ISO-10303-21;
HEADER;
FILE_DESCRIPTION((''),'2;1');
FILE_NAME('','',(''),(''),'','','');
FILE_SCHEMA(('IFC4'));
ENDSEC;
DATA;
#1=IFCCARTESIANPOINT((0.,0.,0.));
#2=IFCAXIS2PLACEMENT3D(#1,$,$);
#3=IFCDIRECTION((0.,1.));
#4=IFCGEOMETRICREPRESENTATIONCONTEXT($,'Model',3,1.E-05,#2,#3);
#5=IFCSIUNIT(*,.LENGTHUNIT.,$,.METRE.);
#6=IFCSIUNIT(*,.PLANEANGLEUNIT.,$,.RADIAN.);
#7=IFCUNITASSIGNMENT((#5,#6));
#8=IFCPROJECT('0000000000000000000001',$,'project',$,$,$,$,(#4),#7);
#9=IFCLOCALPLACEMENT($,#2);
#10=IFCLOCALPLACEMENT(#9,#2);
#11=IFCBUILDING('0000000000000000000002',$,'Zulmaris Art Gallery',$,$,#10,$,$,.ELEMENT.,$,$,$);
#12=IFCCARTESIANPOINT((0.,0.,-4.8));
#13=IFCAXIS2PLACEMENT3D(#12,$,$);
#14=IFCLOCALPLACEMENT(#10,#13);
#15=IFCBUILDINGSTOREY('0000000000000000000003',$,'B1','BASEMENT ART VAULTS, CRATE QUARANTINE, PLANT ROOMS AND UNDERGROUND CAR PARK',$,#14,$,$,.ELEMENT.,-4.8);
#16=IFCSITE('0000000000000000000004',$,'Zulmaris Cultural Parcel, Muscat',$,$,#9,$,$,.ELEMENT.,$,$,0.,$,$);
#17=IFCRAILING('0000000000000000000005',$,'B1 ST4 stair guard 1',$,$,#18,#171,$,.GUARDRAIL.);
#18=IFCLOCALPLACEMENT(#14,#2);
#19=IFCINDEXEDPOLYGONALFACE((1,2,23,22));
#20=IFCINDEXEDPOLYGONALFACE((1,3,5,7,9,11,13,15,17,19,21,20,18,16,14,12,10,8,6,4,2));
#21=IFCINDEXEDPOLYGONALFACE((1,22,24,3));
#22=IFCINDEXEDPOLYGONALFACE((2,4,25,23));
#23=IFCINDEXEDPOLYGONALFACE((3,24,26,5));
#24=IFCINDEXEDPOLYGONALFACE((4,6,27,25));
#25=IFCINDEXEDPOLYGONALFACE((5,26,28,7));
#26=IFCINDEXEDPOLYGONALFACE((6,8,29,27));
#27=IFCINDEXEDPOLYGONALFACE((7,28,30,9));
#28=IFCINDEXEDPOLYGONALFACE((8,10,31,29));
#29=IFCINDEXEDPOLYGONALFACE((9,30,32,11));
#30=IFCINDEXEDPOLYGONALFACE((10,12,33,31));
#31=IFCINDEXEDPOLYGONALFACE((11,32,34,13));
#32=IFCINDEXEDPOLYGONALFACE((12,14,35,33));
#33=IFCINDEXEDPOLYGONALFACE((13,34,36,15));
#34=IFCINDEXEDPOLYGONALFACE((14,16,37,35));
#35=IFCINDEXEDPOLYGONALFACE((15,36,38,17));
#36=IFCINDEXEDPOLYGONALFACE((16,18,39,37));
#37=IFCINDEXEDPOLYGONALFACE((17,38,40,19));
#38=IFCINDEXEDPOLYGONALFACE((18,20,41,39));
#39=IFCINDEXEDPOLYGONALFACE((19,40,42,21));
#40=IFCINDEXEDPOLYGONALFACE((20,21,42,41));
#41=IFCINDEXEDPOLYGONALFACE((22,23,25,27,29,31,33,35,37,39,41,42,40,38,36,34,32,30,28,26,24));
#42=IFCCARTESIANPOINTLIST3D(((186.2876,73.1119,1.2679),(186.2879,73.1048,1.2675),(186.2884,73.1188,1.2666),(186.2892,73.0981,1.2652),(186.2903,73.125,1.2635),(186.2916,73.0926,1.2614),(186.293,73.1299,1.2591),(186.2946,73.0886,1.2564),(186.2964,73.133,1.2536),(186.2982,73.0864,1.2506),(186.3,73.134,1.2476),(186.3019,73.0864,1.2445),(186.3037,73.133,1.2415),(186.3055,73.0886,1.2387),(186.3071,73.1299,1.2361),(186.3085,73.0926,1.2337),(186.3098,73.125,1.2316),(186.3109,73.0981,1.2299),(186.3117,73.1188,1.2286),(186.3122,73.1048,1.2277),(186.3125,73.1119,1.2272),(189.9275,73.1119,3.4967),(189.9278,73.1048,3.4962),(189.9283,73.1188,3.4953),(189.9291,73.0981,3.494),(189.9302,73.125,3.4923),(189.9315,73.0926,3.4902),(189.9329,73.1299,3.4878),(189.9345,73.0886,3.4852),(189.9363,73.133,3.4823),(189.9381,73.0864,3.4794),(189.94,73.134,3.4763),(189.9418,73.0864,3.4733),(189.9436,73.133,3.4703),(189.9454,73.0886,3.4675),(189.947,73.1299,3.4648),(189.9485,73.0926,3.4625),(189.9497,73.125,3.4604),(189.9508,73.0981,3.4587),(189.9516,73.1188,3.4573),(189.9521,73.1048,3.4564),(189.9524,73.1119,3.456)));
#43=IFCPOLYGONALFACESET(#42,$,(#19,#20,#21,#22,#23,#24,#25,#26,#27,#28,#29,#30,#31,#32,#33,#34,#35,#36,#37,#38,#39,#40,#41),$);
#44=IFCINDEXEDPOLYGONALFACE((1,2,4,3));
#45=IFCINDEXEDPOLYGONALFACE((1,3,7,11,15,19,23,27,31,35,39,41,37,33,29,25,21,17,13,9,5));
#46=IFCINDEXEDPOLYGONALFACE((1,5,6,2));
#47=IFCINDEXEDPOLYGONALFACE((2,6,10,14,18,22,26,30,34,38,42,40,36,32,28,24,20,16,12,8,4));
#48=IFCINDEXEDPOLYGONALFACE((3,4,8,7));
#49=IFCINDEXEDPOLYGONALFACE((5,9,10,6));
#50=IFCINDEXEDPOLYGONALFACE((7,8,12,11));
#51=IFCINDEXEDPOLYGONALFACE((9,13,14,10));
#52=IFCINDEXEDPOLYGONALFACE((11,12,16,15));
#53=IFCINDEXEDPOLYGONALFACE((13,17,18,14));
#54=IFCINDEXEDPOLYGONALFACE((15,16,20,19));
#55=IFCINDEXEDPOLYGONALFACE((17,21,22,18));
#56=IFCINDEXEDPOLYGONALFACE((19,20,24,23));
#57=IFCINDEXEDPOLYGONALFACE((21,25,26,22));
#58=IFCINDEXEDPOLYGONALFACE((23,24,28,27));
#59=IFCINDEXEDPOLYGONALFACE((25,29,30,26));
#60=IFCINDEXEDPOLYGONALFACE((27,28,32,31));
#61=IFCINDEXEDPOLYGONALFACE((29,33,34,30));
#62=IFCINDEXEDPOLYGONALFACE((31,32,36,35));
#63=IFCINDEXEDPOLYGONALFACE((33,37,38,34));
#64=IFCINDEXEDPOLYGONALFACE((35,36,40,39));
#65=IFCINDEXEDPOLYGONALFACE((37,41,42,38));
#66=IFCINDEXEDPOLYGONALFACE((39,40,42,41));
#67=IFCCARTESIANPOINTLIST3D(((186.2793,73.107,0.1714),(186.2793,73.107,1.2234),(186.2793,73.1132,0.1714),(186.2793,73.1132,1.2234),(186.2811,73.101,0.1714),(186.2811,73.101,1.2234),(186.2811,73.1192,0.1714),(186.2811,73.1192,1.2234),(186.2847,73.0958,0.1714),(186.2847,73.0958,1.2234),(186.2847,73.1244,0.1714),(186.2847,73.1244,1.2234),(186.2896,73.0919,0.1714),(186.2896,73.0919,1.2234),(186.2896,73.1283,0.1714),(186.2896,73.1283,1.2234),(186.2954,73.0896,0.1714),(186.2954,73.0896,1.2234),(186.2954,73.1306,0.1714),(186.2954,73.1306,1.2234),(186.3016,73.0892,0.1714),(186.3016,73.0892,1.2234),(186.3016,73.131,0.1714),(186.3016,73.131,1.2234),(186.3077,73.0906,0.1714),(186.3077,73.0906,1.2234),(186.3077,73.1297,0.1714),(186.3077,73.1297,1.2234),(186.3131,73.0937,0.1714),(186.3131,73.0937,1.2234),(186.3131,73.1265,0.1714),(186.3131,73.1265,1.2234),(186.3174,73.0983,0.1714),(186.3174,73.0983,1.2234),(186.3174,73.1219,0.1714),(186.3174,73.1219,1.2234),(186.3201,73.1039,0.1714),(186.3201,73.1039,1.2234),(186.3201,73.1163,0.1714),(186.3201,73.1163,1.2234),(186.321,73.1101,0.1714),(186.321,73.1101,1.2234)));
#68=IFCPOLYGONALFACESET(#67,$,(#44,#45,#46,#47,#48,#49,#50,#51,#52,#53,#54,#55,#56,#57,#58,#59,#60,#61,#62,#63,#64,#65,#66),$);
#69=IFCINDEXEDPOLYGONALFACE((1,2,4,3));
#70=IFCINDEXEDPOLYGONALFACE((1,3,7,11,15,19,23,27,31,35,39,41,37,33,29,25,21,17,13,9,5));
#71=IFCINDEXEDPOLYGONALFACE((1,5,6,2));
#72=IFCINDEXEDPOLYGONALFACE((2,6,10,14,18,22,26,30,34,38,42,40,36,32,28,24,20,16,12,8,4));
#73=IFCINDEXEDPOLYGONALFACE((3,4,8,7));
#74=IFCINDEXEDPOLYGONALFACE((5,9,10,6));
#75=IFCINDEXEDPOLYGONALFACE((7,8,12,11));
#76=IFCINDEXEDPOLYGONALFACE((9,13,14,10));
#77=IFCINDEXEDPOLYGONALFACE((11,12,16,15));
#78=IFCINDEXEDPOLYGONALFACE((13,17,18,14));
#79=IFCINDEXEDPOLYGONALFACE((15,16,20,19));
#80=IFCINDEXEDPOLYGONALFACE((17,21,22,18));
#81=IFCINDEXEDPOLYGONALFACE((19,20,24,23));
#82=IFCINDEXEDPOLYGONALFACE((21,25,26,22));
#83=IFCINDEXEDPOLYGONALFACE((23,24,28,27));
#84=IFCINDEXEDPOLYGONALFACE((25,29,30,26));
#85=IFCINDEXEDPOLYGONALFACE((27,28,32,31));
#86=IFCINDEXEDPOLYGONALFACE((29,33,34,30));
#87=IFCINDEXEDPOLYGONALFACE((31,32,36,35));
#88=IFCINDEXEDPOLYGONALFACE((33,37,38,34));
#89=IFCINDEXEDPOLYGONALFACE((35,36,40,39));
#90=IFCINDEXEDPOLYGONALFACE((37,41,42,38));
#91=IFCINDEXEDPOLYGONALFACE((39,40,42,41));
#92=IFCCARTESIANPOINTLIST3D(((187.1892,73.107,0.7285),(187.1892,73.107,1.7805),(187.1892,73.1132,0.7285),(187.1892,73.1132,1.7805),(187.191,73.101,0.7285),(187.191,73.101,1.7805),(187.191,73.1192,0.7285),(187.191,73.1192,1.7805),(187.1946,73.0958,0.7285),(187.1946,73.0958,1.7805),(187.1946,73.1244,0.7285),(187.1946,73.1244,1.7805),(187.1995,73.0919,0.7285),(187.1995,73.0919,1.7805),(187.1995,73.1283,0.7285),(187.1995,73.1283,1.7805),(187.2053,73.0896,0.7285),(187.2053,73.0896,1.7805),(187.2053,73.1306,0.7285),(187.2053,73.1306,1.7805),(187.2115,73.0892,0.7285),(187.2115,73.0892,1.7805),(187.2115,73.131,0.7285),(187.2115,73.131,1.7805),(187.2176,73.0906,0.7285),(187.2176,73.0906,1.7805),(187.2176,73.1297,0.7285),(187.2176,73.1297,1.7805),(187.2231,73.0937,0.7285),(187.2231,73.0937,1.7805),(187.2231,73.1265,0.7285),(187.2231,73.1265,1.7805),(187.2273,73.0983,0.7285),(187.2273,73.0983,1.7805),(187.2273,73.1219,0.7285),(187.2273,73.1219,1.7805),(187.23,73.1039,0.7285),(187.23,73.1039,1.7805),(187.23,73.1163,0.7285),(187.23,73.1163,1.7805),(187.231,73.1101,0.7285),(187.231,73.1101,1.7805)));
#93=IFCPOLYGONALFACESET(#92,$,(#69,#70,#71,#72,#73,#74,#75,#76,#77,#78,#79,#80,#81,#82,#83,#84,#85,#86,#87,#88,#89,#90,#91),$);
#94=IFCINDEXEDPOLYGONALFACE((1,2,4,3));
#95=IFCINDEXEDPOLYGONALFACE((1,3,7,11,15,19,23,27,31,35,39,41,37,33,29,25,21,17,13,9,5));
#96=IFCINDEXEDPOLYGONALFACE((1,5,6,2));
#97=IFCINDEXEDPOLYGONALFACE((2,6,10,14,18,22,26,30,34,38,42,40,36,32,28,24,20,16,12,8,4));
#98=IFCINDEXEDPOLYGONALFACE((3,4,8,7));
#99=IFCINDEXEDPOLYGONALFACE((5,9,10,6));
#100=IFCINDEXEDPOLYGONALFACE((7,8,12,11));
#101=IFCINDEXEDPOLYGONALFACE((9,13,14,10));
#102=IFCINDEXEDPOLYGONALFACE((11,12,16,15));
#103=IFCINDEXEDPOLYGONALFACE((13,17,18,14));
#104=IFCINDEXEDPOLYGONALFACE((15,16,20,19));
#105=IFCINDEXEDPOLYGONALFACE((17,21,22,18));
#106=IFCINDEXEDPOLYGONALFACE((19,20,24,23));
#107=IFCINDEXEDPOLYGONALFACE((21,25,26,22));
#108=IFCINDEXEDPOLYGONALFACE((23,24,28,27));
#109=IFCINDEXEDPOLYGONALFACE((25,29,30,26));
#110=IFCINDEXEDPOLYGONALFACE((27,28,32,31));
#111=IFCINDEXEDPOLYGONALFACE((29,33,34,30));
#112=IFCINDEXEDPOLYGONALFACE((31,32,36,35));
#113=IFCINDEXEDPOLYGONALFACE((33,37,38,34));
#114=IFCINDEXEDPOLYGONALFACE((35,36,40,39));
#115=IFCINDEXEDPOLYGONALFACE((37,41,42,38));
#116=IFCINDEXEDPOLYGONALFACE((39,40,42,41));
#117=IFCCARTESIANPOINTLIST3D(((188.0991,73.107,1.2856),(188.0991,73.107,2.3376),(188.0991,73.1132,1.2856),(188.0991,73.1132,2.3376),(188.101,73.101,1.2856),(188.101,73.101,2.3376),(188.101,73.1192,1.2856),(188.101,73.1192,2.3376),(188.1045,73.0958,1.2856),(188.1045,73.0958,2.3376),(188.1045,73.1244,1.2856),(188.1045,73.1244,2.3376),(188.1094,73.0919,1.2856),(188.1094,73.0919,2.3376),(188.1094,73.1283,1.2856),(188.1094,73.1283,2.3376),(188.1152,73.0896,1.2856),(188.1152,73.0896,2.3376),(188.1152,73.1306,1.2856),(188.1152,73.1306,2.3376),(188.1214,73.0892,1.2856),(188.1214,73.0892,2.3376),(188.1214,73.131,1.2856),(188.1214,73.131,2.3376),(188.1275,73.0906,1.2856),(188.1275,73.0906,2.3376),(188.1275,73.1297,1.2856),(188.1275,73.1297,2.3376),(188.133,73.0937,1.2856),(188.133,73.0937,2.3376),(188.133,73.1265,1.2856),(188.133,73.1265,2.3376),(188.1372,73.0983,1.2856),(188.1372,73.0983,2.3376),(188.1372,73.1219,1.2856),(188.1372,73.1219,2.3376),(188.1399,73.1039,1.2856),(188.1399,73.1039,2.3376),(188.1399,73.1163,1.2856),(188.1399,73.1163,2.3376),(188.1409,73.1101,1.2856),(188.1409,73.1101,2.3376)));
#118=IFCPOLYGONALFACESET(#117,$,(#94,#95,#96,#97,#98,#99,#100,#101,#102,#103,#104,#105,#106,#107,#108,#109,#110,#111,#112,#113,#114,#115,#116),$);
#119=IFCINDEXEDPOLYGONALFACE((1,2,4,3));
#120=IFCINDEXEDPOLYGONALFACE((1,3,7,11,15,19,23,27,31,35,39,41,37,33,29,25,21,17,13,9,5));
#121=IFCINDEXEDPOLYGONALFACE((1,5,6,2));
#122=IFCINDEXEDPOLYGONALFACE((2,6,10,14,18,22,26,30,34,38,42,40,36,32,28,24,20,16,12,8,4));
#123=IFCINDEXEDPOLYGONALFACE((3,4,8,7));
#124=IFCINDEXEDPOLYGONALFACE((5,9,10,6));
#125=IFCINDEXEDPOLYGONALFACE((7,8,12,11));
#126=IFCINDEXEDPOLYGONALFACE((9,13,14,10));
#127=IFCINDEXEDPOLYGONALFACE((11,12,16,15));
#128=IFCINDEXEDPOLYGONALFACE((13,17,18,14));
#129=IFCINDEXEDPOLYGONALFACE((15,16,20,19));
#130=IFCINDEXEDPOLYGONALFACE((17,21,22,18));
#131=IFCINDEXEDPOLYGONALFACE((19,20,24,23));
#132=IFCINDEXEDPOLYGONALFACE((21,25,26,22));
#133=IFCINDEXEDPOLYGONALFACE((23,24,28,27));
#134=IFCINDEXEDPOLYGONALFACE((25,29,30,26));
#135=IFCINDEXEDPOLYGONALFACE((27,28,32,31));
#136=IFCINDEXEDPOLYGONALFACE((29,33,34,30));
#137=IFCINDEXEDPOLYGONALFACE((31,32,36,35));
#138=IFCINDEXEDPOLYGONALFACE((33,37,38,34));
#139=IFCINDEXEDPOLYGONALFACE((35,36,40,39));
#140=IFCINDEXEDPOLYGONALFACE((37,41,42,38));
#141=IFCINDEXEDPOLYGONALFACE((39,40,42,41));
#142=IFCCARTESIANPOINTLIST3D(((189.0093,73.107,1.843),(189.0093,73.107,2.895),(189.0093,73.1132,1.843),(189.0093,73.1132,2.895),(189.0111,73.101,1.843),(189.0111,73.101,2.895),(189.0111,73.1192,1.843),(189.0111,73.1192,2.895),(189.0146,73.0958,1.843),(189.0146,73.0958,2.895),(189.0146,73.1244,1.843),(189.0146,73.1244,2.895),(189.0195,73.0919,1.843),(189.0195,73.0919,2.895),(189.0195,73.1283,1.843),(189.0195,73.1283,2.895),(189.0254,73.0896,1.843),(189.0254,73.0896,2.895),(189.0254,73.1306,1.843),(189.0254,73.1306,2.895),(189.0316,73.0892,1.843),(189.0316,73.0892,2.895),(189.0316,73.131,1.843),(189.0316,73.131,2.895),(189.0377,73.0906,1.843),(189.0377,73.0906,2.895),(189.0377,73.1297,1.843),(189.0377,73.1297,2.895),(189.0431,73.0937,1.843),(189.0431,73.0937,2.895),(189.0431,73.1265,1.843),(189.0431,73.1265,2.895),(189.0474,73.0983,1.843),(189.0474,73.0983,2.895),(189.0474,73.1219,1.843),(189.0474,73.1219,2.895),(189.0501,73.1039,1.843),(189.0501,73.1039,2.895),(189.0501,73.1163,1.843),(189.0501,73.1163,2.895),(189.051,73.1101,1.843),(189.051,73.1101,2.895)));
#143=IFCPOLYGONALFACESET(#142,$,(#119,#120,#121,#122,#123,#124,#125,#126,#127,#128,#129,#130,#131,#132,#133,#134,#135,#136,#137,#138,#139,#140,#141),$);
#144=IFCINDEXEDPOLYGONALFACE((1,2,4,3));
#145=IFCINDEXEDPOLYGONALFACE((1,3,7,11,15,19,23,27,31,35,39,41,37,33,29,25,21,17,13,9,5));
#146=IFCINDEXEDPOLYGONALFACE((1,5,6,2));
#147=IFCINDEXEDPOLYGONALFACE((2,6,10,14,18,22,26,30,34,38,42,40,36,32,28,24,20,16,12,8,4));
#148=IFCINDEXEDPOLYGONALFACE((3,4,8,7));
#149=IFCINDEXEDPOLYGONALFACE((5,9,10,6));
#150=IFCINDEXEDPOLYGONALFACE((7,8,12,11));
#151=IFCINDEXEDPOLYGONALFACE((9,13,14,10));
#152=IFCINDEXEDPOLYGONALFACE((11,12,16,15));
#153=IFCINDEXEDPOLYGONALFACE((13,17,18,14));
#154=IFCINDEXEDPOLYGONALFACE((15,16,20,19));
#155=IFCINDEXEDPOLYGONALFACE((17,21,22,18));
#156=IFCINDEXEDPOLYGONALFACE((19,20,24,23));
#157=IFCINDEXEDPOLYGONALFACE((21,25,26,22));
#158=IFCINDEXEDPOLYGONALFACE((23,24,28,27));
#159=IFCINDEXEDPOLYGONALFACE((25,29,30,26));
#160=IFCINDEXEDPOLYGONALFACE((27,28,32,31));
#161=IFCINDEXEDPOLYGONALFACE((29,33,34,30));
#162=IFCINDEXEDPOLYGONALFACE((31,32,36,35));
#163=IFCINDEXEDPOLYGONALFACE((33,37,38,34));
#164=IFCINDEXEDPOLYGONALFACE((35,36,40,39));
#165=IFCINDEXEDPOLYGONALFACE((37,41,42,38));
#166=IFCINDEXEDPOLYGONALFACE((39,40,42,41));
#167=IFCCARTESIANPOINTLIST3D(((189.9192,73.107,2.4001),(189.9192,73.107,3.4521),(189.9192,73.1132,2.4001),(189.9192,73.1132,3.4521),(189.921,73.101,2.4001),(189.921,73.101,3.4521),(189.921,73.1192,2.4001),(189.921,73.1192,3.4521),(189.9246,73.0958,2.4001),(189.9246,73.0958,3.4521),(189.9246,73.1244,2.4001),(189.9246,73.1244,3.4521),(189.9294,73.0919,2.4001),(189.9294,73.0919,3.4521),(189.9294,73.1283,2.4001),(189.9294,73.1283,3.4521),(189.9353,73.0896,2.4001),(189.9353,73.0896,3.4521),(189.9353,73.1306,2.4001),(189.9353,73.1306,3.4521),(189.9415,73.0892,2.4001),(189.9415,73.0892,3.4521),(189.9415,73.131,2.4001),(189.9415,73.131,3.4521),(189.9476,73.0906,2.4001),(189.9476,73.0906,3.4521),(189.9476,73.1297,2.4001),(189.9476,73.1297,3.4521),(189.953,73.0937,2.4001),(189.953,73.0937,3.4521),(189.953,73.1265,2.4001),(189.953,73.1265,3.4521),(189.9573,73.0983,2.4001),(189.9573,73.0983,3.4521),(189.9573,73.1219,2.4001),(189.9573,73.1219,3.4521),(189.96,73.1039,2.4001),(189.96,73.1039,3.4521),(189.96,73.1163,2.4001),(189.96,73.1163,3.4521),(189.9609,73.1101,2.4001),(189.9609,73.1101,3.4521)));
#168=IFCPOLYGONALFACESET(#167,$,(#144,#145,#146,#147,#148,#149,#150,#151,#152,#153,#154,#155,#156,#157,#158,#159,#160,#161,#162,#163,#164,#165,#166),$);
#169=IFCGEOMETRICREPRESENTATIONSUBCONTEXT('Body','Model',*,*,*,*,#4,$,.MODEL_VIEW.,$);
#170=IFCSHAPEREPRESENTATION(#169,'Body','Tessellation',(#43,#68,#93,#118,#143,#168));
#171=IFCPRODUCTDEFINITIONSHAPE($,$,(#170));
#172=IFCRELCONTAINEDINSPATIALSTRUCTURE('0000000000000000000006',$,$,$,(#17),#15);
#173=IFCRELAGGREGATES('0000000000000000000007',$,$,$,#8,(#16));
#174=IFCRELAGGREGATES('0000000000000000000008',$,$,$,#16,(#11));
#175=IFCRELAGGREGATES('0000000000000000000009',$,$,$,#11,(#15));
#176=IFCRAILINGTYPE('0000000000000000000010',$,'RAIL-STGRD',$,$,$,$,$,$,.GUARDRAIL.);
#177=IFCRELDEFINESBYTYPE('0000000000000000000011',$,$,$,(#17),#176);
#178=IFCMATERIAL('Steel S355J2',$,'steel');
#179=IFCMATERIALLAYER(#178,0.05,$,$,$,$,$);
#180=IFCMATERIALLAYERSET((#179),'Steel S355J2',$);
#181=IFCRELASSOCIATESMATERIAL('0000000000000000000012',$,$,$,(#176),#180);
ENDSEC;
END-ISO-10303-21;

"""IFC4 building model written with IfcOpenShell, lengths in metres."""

from ifc_helpers import new_model, si_unit, direction, frame, origin, origin_2d, place, context, subcontext, project, spatial, circle, extrude, material, layer, layer_set, type_object, element, save


model = new_model("IFC4")

# Units and contexts
model_context = context("Model", 3, precision=1e-05, world=origin(), true_north=direction((0.0, 1.0)))
body_context = subcontext(model_context, "Body", "Model", "MODEL_VIEW")
ifc_project = project(units=[si_unit("LENGTHUNIT", "METRE"), si_unit("PLANEANGLEUNIT", "RADIAN")], contexts=[model_context])

# Site, building, storey
site_placement = place(None, origin())
site = spatial("IfcSite", under=ifc_project, at=site_placement, Name="Zulmaris Cultural Parcel, Muscat", CompositionType="ELEMENT", RefElevation=0.0)
building_placement = place(site_placement, origin())
building = spatial("IfcBuilding", under=site, at=building_placement, Name="Zulmaris Art Gallery", CompositionType="ELEMENT")
storey_placement = place(building_placement, frame((0.0, 0.0, -4.8)))
storey = spatial("IfcBuildingStorey", under=building, at=storey_placement, Name="B1", Description="BASEMENT ART VAULTS, CRATE QUARANTINE, PLANT ROOMS AND UNDERGROUND CAR PARK", CompositionType="ELEMENT", Elevation=-4.8)

# Railing
ifc_material_1 = material(Name="Steel S355J2", Category="steel")
ifc_layer_1 = layer(ifc_material_1, 0.05)
ifc_layer_set_1 = layer_set([ifc_layer_1], Name="Steel S355J2")
railing_type_1 = type_object("IfcRailingType", Name="RAIL-STGRD", PredefinedType="GUARDRAIL", material=ifc_layer_set_1)
railing_1_placement = place(storey_placement, frame((186.3, 73.1101, 0.1714)))
element("IfcRailing", 1, at=railing_1_placement, inside=storey, type_object=railing_type_1, Name="B1 ST4 stair guard 1", PredefinedType="GUARDRAIL", context=body_context, shape_type="SweptSolid", body=[
    extrude(circle(Radius=0.0239, at=origin_2d()), frame((0.0, 0.0, 1.0762), z_axis=(0.852825, 0.0, 0.522197), x_axis=(0.0, 1.0, 0.0)), (0.0, 0.0, 1.0), 4.2681),
    extrude(circle(Radius=0.021, at=origin_2d()), origin(), (0.0, 0.0, 1.0), 1.052),
    extrude(circle(Radius=0.021, at=origin_2d()), frame((0.9099, 0.0, 0.5571)), (0.0, 0.0, 1.0), 1.052),
    extrude(circle(Radius=0.021, at=origin_2d()), frame((1.8198, 0.0, 1.1143)), (0.0, 0.0, 1.0), 1.052),
    extrude(circle(Radius=0.021, at=origin_2d()), frame((2.73, 0.0, 1.6716)), (0.0, 0.0, 1.0), 1.052),
    extrude(circle(Radius=0.021, at=origin_2d()), frame((3.6399, 0.0, 2.2288)), (0.0, 0.0, 1.0), 1.052),
])

save(model, "model.ifc")
